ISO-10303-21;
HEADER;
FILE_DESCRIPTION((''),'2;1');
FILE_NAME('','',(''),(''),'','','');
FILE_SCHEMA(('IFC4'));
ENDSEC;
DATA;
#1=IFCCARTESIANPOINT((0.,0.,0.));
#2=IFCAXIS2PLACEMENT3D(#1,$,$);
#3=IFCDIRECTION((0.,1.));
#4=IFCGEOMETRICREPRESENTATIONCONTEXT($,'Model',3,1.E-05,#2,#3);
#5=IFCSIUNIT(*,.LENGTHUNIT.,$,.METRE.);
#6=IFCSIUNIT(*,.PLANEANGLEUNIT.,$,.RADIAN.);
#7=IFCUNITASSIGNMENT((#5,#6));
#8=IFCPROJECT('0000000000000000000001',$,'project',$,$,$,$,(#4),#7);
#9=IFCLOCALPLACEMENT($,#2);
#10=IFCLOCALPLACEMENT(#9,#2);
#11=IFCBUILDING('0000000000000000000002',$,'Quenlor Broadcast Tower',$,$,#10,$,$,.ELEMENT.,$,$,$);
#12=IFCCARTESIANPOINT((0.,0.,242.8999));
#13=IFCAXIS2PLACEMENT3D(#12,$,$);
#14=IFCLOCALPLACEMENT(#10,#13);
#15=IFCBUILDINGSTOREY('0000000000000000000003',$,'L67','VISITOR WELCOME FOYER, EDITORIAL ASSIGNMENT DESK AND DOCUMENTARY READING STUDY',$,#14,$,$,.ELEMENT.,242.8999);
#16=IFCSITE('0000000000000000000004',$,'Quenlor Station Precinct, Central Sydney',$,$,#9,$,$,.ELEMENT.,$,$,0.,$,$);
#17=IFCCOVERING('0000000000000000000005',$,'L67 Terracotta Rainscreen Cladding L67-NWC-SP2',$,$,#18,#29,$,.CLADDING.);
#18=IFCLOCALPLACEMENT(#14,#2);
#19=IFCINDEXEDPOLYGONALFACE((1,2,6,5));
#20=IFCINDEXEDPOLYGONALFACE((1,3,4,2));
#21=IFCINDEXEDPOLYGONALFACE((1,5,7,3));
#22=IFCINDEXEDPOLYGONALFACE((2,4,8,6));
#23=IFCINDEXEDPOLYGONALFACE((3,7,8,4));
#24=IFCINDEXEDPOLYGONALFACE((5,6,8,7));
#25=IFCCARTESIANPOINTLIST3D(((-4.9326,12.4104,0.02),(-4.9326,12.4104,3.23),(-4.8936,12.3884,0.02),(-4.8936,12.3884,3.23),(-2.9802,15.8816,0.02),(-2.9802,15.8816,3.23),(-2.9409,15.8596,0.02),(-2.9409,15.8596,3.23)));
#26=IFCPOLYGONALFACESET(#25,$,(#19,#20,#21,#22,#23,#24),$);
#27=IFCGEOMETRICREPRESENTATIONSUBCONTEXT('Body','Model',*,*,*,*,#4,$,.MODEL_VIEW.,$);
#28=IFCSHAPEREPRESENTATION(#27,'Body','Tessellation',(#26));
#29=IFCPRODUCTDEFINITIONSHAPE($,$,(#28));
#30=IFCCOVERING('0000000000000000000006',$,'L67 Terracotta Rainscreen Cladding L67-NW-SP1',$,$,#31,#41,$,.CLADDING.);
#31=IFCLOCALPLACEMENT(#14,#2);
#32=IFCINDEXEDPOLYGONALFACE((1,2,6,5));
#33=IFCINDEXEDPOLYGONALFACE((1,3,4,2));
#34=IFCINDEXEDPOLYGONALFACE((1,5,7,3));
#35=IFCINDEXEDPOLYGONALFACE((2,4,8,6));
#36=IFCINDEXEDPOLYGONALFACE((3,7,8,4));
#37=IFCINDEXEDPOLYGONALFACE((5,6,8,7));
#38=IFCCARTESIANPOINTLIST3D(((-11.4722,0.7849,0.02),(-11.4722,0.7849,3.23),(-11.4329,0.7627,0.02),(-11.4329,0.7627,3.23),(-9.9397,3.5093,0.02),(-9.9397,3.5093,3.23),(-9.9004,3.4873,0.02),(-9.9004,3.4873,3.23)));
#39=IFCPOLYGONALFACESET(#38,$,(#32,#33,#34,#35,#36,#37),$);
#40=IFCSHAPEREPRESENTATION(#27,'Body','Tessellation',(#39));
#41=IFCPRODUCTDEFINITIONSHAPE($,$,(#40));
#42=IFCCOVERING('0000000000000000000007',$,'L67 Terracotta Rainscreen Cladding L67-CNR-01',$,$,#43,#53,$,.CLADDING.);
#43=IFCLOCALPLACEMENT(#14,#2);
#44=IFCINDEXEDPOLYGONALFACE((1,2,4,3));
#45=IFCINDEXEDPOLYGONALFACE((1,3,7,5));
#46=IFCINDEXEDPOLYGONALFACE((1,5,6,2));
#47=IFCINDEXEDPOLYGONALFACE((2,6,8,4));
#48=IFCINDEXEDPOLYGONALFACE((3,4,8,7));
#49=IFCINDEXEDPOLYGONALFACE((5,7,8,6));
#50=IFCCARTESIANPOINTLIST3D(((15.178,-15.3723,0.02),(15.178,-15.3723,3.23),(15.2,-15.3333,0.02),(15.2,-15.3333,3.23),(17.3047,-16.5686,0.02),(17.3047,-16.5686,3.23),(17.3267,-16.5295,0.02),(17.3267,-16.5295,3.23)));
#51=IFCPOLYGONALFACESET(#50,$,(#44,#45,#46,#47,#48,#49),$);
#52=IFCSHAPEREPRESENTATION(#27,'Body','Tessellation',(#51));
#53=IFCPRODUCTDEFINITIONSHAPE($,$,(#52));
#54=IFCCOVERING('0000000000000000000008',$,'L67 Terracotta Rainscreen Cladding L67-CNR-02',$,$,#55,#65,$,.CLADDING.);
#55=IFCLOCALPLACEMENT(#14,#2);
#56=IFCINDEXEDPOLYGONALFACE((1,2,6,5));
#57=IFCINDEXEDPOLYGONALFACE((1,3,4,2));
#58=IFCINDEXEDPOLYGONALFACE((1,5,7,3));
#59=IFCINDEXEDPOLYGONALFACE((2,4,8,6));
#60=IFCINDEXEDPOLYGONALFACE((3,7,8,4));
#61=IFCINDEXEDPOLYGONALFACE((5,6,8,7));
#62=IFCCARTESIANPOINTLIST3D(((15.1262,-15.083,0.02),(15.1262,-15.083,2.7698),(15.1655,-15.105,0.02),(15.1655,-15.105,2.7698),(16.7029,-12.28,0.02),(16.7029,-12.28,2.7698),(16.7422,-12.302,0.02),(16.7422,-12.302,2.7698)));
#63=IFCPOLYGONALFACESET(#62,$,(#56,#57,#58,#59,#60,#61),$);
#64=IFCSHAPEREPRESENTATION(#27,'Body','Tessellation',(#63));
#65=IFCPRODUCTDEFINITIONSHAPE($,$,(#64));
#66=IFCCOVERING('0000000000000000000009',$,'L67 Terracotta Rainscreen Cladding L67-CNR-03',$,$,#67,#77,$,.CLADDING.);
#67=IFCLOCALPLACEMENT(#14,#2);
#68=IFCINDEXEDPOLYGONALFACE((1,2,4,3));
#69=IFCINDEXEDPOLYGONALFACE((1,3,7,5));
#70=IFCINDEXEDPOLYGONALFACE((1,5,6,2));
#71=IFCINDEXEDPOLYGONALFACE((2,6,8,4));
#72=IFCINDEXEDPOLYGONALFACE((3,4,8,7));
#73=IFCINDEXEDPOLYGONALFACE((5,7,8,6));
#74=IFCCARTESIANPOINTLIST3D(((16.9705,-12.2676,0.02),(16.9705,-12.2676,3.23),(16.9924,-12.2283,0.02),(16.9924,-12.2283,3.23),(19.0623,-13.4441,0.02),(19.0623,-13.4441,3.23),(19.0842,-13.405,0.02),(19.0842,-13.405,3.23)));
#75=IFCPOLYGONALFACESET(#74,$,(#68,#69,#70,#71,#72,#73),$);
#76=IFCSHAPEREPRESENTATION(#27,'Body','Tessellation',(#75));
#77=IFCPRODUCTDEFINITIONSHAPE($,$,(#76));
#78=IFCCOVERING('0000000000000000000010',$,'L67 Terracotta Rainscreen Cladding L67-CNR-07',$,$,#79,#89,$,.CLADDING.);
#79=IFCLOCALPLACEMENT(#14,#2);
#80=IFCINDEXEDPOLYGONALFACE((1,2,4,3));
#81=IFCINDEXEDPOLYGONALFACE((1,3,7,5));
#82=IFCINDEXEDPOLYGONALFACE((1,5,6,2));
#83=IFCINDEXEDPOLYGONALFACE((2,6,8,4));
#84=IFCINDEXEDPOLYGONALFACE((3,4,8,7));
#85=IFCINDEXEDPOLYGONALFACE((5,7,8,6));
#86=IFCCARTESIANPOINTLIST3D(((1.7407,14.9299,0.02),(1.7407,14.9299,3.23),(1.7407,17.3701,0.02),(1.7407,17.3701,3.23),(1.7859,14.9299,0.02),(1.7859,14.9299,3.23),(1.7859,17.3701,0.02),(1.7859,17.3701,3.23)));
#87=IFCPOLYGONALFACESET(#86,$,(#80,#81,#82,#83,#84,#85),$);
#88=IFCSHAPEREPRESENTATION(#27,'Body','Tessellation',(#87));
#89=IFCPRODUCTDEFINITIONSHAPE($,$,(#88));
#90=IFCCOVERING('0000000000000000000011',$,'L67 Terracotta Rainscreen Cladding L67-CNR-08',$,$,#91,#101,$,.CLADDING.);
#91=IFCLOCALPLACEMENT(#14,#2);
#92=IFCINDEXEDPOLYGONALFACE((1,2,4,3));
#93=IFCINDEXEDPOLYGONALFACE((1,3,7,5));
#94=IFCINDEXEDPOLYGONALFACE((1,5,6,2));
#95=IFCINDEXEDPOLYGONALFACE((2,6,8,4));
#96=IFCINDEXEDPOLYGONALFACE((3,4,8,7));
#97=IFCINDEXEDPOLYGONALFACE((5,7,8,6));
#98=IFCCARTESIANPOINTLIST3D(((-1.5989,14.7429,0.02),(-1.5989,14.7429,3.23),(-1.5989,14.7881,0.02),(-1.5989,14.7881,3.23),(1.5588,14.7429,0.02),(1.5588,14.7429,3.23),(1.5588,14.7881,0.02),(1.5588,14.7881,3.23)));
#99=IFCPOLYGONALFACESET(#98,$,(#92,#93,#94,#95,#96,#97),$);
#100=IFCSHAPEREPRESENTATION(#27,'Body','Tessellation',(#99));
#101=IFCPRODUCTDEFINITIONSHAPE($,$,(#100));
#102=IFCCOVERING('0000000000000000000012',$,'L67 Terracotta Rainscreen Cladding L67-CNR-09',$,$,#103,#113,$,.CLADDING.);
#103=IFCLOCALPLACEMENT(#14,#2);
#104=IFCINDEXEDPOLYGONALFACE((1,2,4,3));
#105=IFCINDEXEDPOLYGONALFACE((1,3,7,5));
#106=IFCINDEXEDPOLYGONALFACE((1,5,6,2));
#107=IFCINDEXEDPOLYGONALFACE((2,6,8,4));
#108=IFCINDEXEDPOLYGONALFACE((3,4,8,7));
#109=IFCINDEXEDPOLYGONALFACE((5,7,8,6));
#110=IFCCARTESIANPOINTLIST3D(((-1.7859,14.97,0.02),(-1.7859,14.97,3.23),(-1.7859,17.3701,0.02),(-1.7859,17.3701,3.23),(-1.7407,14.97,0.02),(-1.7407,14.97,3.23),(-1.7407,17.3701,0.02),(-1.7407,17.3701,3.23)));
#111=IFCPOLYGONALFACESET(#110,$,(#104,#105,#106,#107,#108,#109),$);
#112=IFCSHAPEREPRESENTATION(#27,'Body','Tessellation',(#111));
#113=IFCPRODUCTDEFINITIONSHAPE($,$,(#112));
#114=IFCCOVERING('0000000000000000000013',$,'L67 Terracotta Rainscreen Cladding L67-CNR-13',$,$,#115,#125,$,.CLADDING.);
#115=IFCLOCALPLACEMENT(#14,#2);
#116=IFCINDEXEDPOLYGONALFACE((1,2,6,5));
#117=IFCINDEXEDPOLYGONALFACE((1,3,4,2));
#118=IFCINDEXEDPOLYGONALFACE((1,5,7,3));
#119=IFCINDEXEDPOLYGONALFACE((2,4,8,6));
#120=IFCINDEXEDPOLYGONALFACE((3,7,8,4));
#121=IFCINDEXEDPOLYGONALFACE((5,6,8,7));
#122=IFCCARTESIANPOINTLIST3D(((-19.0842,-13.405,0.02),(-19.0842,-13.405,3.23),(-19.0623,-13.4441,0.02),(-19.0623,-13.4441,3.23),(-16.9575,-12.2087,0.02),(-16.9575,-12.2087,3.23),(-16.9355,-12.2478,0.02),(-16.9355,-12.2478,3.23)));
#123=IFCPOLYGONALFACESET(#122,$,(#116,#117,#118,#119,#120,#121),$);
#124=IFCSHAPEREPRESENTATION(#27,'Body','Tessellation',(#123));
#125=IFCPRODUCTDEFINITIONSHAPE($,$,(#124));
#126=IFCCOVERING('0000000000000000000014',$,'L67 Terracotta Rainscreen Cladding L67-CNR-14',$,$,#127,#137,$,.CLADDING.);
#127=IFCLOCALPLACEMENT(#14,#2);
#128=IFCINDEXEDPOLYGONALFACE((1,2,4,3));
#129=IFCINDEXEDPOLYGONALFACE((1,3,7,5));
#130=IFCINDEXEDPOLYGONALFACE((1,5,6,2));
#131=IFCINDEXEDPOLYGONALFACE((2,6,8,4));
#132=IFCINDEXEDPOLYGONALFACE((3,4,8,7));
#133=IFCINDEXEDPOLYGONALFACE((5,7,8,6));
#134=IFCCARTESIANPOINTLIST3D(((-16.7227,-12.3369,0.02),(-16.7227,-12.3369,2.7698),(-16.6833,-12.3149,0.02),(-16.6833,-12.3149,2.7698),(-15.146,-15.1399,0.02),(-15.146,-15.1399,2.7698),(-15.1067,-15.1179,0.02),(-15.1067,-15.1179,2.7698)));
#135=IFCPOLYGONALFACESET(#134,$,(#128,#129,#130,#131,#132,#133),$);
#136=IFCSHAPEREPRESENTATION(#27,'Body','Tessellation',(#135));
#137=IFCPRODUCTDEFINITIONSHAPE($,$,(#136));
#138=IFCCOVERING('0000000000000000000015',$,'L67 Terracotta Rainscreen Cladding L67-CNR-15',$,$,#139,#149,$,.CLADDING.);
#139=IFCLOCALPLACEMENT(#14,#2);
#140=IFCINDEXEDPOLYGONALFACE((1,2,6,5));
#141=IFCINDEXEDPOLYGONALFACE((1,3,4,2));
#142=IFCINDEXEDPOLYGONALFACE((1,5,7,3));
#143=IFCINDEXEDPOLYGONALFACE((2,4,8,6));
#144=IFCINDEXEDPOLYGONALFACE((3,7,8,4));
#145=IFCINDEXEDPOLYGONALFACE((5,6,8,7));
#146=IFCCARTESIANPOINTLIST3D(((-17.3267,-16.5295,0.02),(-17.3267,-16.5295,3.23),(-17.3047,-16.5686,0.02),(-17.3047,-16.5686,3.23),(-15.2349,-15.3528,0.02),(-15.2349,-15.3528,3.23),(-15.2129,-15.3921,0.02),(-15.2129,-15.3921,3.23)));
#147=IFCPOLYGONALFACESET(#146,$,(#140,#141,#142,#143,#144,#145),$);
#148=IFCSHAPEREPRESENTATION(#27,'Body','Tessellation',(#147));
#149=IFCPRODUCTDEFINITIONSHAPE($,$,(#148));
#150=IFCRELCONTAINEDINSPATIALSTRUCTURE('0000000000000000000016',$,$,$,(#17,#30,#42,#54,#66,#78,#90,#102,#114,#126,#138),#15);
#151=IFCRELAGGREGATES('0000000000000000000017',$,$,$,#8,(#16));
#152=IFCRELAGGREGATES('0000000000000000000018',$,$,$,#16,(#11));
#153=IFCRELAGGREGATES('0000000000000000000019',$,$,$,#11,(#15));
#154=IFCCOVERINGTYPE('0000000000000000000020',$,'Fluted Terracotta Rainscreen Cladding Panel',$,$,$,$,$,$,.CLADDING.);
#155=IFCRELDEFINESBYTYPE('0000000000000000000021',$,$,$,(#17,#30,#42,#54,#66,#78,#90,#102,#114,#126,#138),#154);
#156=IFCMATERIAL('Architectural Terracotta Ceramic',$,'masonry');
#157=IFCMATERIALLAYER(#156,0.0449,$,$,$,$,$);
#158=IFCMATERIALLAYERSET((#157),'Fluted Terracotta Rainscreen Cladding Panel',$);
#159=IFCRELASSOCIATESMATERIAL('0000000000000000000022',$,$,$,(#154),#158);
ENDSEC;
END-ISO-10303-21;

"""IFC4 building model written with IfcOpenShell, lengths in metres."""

from ifc_helpers import new_model, si_unit, direction, frame, origin, place, context, subcontext, project, spatial, polyline, outline, extrude, material, layer, layer_set, type_object, element, save


model = new_model("IFC4")

# Units and contexts
model_context = context("Model", 3, precision=1e-05, world=origin(), true_north=direction((0.0, 1.0)))
body_context = subcontext(model_context, "Body", "Model", "MODEL_VIEW")
ifc_project = project(units=[si_unit("LENGTHUNIT", "METRE"), si_unit("PLANEANGLEUNIT", "RADIAN")], contexts=[model_context])

# Site, building, storey
site_placement = place(None, origin())
site = spatial("IfcSite", under=ifc_project, at=site_placement, Name="Quenlor Station Precinct, Central Sydney", CompositionType="ELEMENT", RefElevation=0.0)
building_placement = place(site_placement, origin())
building = spatial("IfcBuilding", under=site, at=building_placement, Name="Quenlor Broadcast Tower", CompositionType="ELEMENT")
storey_placement = place(building_placement, frame((0.0, 0.0, 242.8999)))
storey = spatial("IfcBuildingStorey", under=building, at=storey_placement, Name="L67", Description="VISITOR WELCOME FOYER, EDITORIAL ASSIGNMENT DESK AND DOCUMENTARY READING STUDY", CompositionType="ELEMENT", Elevation=242.8999)

# Coverings
ifc_material_1 = material(Name="Architectural Terracotta Ceramic", Category="masonry")
ifc_layer_1 = layer(ifc_material_1, 0.0449)
ifc_layer_set_1 = layer_set([ifc_layer_1], Name="Fluted Terracotta Rainscreen Cladding Panel")
covering_type_1 = type_object("IfcCoveringType", Name="Fluted Terracotta Rainscreen Cladding Panel", PredefinedType="CLADDING", material=ifc_layer_set_1)
covering_1_placement = place(storey_placement, frame((0.0, 0.0, 0.02)))
element("IfcCovering", 1, at=covering_1_placement, inside=storey, type_object=covering_type_1, Name="L67 Terracotta Rainscreen Cladding L67-NWC-SP2", PredefinedType="CLADDING", context=body_context, shape_type="SweptSolid", body=[
    extrude(outline(polyline([(-4.8936, 12.3884), (-2.9409, 15.8596), (-2.9802, 15.8816), (-4.9326, 12.4104), (-4.8936, 12.3884)])), origin(), (0.0, 0.0, 1.0), 3.21),
])
covering_2_placement = place(storey_placement, frame((0.0, 0.0, 0.02)))
element("IfcCovering", 2, at=covering_2_placement, inside=storey, type_object=covering_type_1, Name="L67 Terracotta Rainscreen Cladding L67-NW-SP1", PredefinedType="CLADDING", context=body_context, shape_type="SweptSolid", body=[
    extrude(outline(polyline([(-11.4329, 0.7627), (-9.9004, 3.4873), (-9.9397, 3.5093), (-11.4722, 0.7849), (-11.4329, 0.7627)])), origin(), (0.0, 0.0, 1.0), 3.21),
])
covering_3_placement = place(storey_placement, frame((0.0, 0.0, 0.02)))
element("IfcCovering", 3, at=covering_3_placement, inside=storey, type_object=covering_type_1, Name="L67 Terracotta Rainscreen Cladding L67-CNR-01", PredefinedType="CLADDING", context=body_context, shape_type="SweptSolid", body=[
    extrude(outline(polyline([(17.3267, -16.5295), (15.2, -15.3333), (15.178, -15.3723), (17.3047, -16.5686), (17.3267, -16.5295)])), origin(), (0.0, 0.0, 1.0), 3.21),
])
covering_4_placement = place(storey_placement, frame((0.0, 0.0, 0.02)))
element("IfcCovering", 4, at=covering_4_placement, inside=storey, type_object=covering_type_1, Name="L67 Terracotta Rainscreen Cladding L67-CNR-02", PredefinedType="CLADDING", context=body_context, shape_type="SweptSolid", body=[
    extrude(outline(polyline([(15.1655, -15.105), (16.7422, -12.302), (16.7029, -12.28), (15.1262, -15.083), (15.1655, -15.105)])), origin(), (0.0, 0.0, 1.0), 2.7498),
])
covering_5_placement = place(storey_placement, frame((0.0, 0.0, 0.02)))
element("IfcCovering", 5, at=covering_5_placement, inside=storey, type_object=covering_type_1, Name="L67 Terracotta Rainscreen Cladding L67-CNR-03", PredefinedType="CLADDING", context=body_context, shape_type="SweptSolid", body=[
    extrude(outline(polyline([(16.9705, -12.2676), (19.0623, -13.4441), (19.0842, -13.405), (16.9924, -12.2283), (16.9705, -12.2676)])), origin(), (0.0, 0.0, 1.0), 3.21),
])
covering_6_placement = place(storey_placement, frame((0.0, 0.0, 0.02)))
element("IfcCovering", 6, at=covering_6_placement, inside=storey, type_object=covering_type_1, Name="L67 Terracotta Rainscreen Cladding L67-CNR-07", PredefinedType="CLADDING", context=body_context, shape_type="SweptSolid", body=[
    extrude(outline(polyline([(1.7407, 17.3701), (1.7407, 14.9299), (1.7859, 14.9299), (1.7859, 17.3701), (1.7407, 17.3701)])), origin(), (0.0, 0.0, 1.0), 3.21),
])
covering_7_placement = place(storey_placement, frame((0.0, 0.0, 0.02)))
element("IfcCovering", 7, at=covering_7_placement, inside=storey, type_object=covering_type_1, Name="L67 Terracotta Rainscreen Cladding L67-CNR-08", PredefinedType="CLADDING", context=body_context, shape_type="SweptSolid", body=[
    extrude(outline(polyline([(1.5588, 14.7881), (-1.5989, 14.7881), (-1.5989, 14.7429), (1.5588, 14.7429), (1.5588, 14.7881)])), origin(), (0.0, 0.0, 1.0), 3.21),
])
covering_8_placement = place(storey_placement, frame((0.0, 0.0, 0.02)))
element("IfcCovering", 8, at=covering_8_placement, inside=storey, type_object=covering_type_1, Name="L67 Terracotta Rainscreen Cladding L67-CNR-09", PredefinedType="CLADDING", context=body_context, shape_type="SweptSolid", body=[
    extrude(outline(polyline([(-1.7407, 14.97), (-1.7407, 17.3701), (-1.7859, 17.3701), (-1.7859, 14.97), (-1.7407, 14.97)])), origin(), (0.0, 0.0, 1.0), 3.21),
])
covering_9_placement = place(storey_placement, frame((0.0, 0.0, 0.02)))
element("IfcCovering", 9, at=covering_9_placement, inside=storey, type_object=covering_type_1, Name="L67 Terracotta Rainscreen Cladding L67-CNR-13", PredefinedType="CLADDING", context=body_context, shape_type="SweptSolid", body=[
    extrude(outline(polyline([(-19.0623, -13.4441), (-16.9355, -12.2478), (-16.9575, -12.2087), (-19.0842, -13.405), (-19.0623, -13.4441)])), origin(), (0.0, 0.0, 1.0), 3.21),
])
covering_10_placement = place(storey_placement, frame((0.0, 0.0, 0.02)))
element("IfcCovering", 10, at=covering_10_placement, inside=storey, type_object=covering_type_1, Name="L67 Terracotta Rainscreen Cladding L67-CNR-14", PredefinedType="CLADDING", context=body_context, shape_type="SweptSolid", body=[
    extrude(outline(polyline([(-16.7227, -12.3369), (-15.146, -15.1399), (-15.1067, -15.1179), (-16.6833, -12.3149), (-16.7227, -12.3369)])), origin(), (0.0, 0.0, 1.0), 2.7498),
])
covering_11_placement = place(storey_placement, frame((0.0, 0.0, 0.02)))
element("IfcCovering", 11, at=covering_11_placement, inside=storey, type_object=covering_type_1, Name="L67 Terracotta Rainscreen Cladding L67-CNR-15", PredefinedType="CLADDING", context=body_context, shape_type="SweptSolid", body=[
    extrude(outline(polyline([(-15.2349, -15.3528), (-17.3267, -16.5295), (-17.3047, -16.5686), (-15.2129, -15.3921), (-15.2349, -15.3528)])), origin(), (0.0, 0.0, 1.0), 3.21),
])

save(model, "model.ifc")
